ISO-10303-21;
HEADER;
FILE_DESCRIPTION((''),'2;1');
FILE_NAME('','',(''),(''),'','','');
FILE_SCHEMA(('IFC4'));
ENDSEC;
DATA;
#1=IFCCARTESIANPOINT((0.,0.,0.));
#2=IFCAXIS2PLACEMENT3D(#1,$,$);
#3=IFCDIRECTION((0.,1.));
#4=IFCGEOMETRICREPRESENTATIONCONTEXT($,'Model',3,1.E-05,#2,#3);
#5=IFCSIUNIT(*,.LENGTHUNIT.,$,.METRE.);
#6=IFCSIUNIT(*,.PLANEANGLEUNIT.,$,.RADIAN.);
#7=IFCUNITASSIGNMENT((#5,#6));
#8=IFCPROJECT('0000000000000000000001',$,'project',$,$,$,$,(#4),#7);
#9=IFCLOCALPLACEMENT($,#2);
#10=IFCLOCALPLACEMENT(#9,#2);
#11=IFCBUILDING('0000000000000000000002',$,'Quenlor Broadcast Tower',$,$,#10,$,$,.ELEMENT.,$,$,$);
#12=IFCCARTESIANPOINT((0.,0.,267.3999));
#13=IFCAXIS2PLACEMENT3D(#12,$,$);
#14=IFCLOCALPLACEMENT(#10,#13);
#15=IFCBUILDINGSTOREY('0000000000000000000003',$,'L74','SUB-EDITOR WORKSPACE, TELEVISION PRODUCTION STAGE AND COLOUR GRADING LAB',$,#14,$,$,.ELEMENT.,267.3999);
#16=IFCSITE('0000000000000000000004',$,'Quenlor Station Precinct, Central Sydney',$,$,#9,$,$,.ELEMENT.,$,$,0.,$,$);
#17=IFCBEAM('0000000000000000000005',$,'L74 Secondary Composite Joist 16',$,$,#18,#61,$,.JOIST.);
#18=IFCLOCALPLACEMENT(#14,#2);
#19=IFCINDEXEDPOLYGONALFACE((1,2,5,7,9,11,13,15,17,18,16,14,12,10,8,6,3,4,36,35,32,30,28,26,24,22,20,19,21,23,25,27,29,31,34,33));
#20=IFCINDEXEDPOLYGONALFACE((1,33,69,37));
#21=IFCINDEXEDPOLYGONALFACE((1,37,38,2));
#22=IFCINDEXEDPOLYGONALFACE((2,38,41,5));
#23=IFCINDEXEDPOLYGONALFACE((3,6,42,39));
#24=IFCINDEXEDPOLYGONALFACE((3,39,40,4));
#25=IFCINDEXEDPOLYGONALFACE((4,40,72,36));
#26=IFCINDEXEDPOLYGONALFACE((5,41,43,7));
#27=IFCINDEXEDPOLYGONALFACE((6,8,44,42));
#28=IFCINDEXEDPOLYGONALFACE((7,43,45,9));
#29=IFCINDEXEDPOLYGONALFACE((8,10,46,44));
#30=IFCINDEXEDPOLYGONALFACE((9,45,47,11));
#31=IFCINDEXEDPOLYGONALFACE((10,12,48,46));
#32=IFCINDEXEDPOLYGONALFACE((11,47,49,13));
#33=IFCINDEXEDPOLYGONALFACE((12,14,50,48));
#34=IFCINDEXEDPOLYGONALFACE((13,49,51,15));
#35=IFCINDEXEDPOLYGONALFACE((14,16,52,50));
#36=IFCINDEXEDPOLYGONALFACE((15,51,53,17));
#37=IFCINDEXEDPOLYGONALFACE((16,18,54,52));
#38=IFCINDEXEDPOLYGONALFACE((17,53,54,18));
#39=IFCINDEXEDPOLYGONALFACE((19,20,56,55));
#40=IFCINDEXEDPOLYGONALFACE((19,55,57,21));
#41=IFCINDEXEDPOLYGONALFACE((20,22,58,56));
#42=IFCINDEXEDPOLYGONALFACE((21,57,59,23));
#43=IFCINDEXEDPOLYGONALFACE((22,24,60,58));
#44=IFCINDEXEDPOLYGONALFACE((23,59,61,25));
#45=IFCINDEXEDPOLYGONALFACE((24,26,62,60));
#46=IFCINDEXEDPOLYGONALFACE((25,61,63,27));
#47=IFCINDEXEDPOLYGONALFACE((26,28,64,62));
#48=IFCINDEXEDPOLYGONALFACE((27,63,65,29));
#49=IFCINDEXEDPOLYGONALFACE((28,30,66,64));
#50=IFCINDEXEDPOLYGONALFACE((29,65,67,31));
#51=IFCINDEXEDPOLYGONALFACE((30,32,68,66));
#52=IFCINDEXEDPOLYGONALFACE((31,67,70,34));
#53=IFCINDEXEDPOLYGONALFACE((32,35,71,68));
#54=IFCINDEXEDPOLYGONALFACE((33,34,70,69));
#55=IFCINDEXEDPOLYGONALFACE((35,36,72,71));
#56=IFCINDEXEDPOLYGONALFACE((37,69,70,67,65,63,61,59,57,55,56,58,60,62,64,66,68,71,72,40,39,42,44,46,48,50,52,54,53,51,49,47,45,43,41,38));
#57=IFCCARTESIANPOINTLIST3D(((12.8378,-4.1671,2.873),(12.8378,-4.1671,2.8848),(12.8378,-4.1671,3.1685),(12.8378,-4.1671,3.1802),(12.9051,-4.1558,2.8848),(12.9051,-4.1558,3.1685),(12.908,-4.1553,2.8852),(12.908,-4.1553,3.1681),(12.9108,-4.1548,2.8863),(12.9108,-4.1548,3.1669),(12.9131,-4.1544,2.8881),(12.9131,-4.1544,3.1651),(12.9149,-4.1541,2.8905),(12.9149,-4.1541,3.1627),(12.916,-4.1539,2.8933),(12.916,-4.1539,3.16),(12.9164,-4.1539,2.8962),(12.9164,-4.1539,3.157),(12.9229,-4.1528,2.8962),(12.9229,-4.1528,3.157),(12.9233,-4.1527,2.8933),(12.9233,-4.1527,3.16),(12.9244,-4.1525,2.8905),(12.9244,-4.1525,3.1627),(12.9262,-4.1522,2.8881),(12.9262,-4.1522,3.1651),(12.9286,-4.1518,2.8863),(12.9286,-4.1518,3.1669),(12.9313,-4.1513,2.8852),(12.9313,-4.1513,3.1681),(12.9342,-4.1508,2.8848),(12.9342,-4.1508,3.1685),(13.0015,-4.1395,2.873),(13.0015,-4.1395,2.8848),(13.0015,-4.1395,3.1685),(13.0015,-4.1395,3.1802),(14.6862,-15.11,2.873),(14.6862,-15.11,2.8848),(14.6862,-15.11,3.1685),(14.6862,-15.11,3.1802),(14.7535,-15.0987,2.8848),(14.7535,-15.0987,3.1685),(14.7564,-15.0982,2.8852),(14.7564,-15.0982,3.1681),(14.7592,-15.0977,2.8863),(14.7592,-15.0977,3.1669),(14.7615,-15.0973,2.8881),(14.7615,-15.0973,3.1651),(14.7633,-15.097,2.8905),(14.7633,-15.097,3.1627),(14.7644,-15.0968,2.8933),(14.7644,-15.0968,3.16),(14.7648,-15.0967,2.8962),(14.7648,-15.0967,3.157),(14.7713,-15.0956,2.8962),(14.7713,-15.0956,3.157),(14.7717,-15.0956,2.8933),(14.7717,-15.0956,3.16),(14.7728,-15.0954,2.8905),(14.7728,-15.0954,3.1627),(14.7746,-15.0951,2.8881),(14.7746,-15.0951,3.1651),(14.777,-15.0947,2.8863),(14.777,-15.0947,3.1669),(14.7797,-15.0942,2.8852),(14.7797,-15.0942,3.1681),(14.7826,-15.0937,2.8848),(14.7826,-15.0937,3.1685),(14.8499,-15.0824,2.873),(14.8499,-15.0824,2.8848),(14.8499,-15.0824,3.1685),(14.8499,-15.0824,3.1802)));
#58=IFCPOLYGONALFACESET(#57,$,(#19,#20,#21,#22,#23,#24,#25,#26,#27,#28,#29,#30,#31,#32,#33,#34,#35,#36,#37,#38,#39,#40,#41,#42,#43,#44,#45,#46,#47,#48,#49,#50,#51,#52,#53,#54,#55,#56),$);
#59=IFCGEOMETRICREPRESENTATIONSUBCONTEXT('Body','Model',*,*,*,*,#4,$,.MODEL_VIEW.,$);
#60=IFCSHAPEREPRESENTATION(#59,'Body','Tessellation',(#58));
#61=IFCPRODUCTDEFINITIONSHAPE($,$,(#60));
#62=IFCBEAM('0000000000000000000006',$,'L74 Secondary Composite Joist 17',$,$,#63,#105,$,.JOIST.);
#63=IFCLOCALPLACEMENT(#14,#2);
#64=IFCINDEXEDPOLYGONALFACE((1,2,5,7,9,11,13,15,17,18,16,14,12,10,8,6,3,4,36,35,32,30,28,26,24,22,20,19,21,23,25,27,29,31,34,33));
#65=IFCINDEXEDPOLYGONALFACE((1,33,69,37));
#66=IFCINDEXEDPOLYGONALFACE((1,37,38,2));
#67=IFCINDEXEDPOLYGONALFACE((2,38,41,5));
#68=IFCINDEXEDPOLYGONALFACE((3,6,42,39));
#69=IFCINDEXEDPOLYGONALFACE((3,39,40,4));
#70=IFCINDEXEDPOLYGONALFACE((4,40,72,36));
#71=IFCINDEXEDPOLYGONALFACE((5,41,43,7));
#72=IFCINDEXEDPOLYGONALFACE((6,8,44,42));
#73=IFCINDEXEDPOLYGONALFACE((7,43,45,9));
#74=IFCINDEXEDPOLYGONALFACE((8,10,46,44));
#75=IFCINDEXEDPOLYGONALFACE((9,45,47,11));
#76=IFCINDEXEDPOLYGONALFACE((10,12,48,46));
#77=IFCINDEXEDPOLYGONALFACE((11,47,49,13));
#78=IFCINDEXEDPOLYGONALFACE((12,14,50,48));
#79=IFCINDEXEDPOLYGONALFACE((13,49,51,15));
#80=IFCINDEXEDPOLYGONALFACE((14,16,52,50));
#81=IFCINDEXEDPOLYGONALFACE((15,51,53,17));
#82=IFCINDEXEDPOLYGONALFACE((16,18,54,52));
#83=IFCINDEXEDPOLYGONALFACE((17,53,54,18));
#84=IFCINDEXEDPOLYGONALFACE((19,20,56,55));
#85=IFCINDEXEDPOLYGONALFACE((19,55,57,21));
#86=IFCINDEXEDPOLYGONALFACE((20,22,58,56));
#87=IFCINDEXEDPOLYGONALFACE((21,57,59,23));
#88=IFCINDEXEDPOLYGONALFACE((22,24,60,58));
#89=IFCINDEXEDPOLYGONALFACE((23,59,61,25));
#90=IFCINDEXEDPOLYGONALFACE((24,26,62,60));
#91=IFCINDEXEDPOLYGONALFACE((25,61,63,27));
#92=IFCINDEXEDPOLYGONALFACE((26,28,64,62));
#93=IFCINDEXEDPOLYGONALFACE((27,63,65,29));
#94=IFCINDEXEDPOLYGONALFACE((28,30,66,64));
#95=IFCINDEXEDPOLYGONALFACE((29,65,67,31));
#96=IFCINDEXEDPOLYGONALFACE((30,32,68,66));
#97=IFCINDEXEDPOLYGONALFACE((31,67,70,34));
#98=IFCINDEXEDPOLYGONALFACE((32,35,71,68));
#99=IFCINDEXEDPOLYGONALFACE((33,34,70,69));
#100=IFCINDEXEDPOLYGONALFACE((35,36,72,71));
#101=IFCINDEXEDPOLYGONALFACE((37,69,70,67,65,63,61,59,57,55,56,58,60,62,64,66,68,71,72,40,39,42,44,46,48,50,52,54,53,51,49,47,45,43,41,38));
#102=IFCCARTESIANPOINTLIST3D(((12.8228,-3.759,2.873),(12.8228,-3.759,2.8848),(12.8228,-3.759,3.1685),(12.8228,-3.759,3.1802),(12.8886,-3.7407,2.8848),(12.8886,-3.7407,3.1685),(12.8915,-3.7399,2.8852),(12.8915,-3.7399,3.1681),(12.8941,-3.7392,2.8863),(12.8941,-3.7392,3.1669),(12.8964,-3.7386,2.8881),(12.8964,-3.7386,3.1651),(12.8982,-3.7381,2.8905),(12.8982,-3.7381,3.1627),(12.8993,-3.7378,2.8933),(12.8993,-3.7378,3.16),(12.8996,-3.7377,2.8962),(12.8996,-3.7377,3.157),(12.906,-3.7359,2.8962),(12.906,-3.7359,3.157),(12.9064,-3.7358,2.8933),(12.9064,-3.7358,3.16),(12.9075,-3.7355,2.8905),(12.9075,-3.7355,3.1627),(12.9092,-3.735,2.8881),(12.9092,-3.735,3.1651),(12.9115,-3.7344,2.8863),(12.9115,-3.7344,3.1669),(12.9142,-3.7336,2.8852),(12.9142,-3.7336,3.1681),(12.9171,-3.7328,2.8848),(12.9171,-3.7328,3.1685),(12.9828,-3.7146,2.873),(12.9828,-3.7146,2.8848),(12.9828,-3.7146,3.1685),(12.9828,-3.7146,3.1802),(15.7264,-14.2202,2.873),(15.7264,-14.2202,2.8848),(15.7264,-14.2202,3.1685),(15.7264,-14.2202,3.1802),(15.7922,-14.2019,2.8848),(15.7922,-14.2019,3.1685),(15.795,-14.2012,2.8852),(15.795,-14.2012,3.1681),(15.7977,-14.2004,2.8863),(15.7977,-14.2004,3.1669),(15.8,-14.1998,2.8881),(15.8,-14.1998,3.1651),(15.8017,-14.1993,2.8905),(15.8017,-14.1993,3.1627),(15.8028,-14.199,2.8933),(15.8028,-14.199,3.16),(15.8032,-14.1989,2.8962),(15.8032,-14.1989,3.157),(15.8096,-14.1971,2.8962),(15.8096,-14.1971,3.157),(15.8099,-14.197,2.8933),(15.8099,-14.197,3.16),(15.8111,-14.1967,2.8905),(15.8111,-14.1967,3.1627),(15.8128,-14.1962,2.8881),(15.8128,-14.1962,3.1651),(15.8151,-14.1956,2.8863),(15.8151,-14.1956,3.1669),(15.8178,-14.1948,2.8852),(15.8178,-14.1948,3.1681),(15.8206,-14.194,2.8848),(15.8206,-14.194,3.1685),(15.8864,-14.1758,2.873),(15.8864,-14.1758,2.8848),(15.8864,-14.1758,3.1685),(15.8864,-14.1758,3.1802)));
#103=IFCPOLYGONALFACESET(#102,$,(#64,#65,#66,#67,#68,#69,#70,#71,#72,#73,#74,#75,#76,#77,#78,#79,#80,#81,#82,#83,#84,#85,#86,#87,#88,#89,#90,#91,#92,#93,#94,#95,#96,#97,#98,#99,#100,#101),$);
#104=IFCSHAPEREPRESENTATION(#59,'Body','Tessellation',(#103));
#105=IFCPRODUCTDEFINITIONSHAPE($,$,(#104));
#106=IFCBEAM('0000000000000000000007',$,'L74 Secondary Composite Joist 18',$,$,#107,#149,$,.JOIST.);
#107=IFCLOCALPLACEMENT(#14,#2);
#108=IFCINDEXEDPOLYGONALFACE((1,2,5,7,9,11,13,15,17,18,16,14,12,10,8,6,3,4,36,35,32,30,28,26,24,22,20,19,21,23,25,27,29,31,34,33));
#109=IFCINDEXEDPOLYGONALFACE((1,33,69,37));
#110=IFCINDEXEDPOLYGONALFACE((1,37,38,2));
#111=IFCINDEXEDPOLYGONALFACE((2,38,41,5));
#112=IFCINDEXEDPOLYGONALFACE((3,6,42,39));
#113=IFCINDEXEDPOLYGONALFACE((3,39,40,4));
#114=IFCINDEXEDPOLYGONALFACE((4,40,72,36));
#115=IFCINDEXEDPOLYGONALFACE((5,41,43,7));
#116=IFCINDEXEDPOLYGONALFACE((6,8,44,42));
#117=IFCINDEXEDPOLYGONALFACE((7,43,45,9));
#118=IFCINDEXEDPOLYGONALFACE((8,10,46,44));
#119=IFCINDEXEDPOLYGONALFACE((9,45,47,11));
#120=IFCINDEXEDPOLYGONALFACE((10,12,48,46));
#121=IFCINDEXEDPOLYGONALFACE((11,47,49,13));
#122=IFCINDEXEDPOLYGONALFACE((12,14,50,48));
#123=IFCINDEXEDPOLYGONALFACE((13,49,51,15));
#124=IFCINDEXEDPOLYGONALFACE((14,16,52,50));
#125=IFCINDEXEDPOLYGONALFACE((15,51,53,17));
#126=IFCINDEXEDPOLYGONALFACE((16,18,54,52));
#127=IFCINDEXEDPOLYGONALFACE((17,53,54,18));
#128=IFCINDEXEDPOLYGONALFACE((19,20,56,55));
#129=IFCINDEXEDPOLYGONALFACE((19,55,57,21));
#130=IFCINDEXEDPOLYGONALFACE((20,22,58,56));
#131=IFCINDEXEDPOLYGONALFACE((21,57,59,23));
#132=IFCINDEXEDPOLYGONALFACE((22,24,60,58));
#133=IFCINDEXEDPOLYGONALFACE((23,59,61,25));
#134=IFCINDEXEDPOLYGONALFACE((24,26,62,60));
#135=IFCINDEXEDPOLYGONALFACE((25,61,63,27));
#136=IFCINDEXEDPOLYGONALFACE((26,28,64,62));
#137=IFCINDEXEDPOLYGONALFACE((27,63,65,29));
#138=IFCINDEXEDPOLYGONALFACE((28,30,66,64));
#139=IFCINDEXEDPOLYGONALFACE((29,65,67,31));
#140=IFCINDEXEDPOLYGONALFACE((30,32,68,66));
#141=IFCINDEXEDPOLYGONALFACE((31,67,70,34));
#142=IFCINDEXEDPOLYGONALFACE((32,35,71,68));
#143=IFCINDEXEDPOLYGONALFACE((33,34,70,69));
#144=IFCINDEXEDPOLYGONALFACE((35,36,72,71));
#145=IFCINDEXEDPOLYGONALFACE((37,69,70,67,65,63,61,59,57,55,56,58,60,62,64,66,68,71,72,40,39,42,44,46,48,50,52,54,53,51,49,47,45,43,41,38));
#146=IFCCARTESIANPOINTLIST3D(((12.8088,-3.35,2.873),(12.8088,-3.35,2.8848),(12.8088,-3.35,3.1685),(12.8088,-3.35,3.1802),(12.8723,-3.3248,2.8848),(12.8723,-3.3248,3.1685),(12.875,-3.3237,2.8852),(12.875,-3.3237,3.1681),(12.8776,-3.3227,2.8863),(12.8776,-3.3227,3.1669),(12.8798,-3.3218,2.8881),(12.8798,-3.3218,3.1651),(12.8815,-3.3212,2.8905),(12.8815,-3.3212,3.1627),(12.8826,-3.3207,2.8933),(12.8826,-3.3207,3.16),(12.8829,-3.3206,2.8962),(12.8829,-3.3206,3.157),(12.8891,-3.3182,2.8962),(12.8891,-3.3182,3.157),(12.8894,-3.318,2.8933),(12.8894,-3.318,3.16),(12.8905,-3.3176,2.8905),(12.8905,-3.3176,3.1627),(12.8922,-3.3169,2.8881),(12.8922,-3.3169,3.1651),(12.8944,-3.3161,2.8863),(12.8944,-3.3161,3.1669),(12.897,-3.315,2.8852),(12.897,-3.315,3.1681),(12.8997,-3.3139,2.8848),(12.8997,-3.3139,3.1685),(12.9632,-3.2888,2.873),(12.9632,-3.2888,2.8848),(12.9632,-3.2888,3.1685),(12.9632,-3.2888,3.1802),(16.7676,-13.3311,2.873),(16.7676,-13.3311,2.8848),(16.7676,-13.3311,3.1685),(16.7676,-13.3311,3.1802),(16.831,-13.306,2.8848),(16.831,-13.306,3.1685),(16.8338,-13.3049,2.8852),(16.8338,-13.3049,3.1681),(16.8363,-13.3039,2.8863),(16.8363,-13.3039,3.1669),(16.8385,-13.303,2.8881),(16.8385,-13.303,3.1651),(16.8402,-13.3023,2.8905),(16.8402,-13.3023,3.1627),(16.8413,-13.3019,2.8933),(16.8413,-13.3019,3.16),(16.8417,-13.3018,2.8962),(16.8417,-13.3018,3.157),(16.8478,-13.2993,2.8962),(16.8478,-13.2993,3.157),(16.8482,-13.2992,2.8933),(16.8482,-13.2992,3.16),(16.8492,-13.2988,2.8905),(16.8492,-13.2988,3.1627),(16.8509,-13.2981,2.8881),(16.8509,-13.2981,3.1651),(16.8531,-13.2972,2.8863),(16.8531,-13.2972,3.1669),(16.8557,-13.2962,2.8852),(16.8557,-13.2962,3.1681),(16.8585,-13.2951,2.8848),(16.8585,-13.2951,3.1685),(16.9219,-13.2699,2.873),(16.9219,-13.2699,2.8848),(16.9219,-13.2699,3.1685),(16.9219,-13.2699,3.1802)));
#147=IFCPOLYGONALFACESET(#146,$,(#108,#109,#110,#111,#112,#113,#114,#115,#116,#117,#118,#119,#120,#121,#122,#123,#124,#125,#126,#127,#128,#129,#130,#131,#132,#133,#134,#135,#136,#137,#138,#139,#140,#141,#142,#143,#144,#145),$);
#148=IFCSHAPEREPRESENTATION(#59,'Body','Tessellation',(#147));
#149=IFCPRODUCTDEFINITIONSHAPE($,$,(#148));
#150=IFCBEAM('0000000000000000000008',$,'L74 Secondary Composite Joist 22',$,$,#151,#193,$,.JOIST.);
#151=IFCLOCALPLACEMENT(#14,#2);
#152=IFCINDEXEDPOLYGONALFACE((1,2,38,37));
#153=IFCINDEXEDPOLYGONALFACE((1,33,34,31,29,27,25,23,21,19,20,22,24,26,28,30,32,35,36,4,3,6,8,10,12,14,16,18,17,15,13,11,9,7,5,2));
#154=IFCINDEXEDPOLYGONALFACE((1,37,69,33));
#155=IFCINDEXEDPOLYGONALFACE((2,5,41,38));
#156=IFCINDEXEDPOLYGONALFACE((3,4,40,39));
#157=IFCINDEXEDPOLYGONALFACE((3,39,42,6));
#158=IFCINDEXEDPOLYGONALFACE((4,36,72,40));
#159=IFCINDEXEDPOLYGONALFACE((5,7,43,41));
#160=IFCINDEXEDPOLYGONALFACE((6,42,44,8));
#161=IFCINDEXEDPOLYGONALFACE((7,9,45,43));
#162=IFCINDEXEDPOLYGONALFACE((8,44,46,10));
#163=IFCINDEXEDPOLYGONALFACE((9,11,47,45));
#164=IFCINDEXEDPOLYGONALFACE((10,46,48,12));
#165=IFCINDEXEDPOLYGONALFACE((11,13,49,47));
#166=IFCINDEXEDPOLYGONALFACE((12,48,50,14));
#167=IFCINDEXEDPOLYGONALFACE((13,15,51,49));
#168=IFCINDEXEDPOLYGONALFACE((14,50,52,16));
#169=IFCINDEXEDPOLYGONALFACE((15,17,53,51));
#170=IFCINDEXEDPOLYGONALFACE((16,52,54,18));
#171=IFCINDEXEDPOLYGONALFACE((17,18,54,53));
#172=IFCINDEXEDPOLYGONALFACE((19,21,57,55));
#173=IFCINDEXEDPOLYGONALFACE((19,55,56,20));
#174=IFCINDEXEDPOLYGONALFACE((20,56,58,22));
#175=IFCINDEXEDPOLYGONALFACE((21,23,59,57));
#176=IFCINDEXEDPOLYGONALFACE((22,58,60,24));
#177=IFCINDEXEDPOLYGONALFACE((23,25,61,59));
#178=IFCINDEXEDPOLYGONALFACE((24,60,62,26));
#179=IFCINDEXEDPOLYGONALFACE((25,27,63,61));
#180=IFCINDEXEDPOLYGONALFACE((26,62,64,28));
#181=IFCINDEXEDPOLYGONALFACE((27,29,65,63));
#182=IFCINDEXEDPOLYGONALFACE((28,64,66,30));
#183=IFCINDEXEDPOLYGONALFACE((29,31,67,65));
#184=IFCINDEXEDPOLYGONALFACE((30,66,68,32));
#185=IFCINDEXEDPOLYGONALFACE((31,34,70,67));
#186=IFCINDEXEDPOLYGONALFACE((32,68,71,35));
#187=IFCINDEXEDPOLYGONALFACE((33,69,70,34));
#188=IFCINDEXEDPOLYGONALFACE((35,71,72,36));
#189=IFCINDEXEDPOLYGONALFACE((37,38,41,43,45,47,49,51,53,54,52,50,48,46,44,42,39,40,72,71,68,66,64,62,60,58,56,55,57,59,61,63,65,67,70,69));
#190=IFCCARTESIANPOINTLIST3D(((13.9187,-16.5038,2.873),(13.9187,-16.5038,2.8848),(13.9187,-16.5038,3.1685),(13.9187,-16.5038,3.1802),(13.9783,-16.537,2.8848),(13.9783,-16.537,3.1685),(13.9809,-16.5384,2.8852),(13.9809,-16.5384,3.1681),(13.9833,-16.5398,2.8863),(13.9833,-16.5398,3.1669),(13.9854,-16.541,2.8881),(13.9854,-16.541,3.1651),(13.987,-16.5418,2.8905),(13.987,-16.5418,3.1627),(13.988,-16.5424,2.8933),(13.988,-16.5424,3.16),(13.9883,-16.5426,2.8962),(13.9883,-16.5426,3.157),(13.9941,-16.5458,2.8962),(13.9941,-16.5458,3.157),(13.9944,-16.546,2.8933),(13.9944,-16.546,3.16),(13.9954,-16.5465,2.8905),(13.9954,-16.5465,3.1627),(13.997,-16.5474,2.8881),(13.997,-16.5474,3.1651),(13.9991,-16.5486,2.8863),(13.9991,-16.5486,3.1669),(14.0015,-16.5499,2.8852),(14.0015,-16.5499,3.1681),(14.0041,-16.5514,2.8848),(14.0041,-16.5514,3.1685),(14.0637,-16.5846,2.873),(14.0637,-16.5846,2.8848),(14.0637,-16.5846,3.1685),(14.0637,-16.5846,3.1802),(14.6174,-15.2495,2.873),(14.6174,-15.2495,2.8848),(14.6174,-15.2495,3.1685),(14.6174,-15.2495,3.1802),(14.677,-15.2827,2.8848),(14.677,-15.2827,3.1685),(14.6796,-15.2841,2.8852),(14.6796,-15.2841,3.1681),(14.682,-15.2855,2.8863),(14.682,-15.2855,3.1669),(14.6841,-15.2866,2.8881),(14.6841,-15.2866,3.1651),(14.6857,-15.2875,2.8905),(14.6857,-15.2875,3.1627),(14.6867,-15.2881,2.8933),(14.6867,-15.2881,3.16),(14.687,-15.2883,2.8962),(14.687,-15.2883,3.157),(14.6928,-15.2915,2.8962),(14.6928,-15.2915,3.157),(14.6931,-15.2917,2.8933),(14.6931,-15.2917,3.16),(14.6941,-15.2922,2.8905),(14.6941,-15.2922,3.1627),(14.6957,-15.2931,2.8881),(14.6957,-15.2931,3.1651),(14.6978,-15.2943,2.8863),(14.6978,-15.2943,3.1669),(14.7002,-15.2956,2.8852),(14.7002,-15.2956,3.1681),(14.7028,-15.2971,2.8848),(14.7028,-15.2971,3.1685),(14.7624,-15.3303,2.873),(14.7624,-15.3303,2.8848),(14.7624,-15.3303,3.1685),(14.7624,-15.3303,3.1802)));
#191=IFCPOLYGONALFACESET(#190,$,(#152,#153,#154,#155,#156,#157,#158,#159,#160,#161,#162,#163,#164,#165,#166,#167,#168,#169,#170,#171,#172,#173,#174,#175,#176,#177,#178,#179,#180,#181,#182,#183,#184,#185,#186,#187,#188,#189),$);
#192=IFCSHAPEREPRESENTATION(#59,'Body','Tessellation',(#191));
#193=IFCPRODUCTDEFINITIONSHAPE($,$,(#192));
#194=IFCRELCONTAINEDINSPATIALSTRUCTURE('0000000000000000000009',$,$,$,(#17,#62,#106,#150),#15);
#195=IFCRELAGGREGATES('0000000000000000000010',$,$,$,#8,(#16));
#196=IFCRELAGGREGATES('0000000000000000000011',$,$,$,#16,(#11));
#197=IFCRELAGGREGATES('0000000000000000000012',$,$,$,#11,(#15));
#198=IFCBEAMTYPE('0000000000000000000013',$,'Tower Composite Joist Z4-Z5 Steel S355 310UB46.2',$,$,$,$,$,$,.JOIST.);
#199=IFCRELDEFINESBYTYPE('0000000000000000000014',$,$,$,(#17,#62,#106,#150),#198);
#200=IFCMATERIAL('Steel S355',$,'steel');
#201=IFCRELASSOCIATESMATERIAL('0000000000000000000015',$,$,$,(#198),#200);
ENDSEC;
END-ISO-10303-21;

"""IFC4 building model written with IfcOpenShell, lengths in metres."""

from ifc_helpers import new_model, si_unit, direction, frame, origin, origin_2d, place, context, subcontext, project, spatial, i_section, extrude, material, material_profile, profile_set, type_object, element, save


model = new_model("IFC4")

# Units and contexts
model_context = context("Model", 3, precision=1e-05, world=origin(), true_north=direction((0.0, 1.0)))
body_context = subcontext(model_context, "Body", "Model", "MODEL_VIEW")
ifc_project = project(units=[si_unit("LENGTHUNIT", "METRE"), si_unit("PLANEANGLEUNIT", "RADIAN")], contexts=[model_context])

# Site, building, storey
site_placement = place(None, origin())
site = spatial("IfcSite", under=ifc_project, at=site_placement, Name="Quenlor Station Precinct, Central Sydney", CompositionType="ELEMENT", RefElevation=0.0)
building_placement = place(site_placement, origin())
building = spatial("IfcBuilding", under=site, at=building_placement, Name="Quenlor Broadcast Tower", CompositionType="ELEMENT")
storey_placement = place(building_placement, frame((0.0, 0.0, 267.3999)))
storey = spatial("IfcBuildingStorey", under=building, at=storey_placement, Name="L74", Description="SUB-EDITOR WORKSPACE, TELEVISION PRODUCTION STAGE AND COLOUR GRADING LAB", CompositionType="ELEMENT", Elevation=267.3999)

# Beams
ifc_material_1 = material(Name="Steel S355", Category="steel")
ifc_material_profile_1 = material_profile(ifc_material_1, i_section(OverallWidth=0.166, OverallDepth=0.3071, WebThickness=0.0066, FlangeThickness=0.0117, FilletRadius=0.0115, at=origin_2d()))
ifc_profile_set_1 = profile_set([ifc_material_profile_1], Name="Steel S355 310UB46.2")
beam_type_1 = type_object("IfcBeamType", Name="Tower Composite Joist Z4-Z5 Steel S355 310UB46.2", PredefinedType="JOIST", material=ifc_profile_set_1)
beam_1_placement = place(storey_placement, frame((14.7681, -15.0962, 3.0266), z_axis=(-0.166553, 0.986032, 0.0), x_axis=(-0.986032, -0.166553, 0.0)))
element("IfcBeam", 1, at=beam_1_placement, inside=storey, type_object=beam_type_1, Name="L74 Secondary Composite Joist 16", PredefinedType="JOIST", context=body_context, shape_type="SweptSolid", body=[
    extrude(i_section(OverallWidth=0.166, OverallDepth=0.3071, WebThickness=0.0066, FlangeThickness=0.0117, FilletRadius=0.0115, at=origin_2d()), origin(), (0.0, 0.0, 1.0), 11.0979),
])
beam_2_placement = place(storey_placement, frame((15.8064, -14.198, 3.0266), z_axis=(-0.267446, 0.963573, 0.0), x_axis=(-0.963573, -0.267446, 0.0)))
element("IfcBeam", 2, at=beam_2_placement, inside=storey, type_object=beam_type_1, Name="L74 Secondary Composite Joist 17", PredefinedType="JOIST", context=body_context, shape_type="SweptSolid", body=[
    extrude(i_section(OverallWidth=0.166, OverallDepth=0.3071, WebThickness=0.0066, FlangeThickness=0.0117, FilletRadius=0.0115, at=origin_2d()), origin(), (0.0, 0.0, 1.0), 10.8567),
])
beam_3_placement = place(storey_placement, frame((16.8447, -13.3005, 3.0266), z_axis=(-0.36868, 0.929556, 0.0), x_axis=(-0.929556, -0.36868, 0.0)))
element("IfcBeam", 3, at=beam_3_placement, inside=storey, type_object=beam_type_1, Name="L74 Secondary Composite Joist 18", PredefinedType="JOIST", context=body_context, shape_type="SweptSolid", body=[
    extrude(i_section(OverallWidth=0.166, OverallDepth=0.3071, WebThickness=0.0066, FlangeThickness=0.0117, FilletRadius=0.0115, at=origin_2d()), origin(), (0.0, 0.0, 1.0), 10.7375),
])
beam_4_placement = place(storey_placement, frame((13.9912, -16.5442, 3.0266), z_axis=(0.486624, 0.873611, 0.0), x_axis=(-0.873611, 0.486624, 0.0)))
element("IfcBeam", 4, at=beam_4_placement, inside=storey, type_object=beam_type_1, Name="L74 Secondary Composite Joist 22", PredefinedType="JOIST", context=body_context, shape_type="SweptSolid", body=[
    extrude(i_section(OverallWidth=0.166, OverallDepth=0.3071, WebThickness=0.0066, FlangeThickness=0.0117, FilletRadius=0.0115, at=origin_2d()), origin(), (0.0, 0.0, 1.0), 1.4358),
])

save(model, "model.ifc")
